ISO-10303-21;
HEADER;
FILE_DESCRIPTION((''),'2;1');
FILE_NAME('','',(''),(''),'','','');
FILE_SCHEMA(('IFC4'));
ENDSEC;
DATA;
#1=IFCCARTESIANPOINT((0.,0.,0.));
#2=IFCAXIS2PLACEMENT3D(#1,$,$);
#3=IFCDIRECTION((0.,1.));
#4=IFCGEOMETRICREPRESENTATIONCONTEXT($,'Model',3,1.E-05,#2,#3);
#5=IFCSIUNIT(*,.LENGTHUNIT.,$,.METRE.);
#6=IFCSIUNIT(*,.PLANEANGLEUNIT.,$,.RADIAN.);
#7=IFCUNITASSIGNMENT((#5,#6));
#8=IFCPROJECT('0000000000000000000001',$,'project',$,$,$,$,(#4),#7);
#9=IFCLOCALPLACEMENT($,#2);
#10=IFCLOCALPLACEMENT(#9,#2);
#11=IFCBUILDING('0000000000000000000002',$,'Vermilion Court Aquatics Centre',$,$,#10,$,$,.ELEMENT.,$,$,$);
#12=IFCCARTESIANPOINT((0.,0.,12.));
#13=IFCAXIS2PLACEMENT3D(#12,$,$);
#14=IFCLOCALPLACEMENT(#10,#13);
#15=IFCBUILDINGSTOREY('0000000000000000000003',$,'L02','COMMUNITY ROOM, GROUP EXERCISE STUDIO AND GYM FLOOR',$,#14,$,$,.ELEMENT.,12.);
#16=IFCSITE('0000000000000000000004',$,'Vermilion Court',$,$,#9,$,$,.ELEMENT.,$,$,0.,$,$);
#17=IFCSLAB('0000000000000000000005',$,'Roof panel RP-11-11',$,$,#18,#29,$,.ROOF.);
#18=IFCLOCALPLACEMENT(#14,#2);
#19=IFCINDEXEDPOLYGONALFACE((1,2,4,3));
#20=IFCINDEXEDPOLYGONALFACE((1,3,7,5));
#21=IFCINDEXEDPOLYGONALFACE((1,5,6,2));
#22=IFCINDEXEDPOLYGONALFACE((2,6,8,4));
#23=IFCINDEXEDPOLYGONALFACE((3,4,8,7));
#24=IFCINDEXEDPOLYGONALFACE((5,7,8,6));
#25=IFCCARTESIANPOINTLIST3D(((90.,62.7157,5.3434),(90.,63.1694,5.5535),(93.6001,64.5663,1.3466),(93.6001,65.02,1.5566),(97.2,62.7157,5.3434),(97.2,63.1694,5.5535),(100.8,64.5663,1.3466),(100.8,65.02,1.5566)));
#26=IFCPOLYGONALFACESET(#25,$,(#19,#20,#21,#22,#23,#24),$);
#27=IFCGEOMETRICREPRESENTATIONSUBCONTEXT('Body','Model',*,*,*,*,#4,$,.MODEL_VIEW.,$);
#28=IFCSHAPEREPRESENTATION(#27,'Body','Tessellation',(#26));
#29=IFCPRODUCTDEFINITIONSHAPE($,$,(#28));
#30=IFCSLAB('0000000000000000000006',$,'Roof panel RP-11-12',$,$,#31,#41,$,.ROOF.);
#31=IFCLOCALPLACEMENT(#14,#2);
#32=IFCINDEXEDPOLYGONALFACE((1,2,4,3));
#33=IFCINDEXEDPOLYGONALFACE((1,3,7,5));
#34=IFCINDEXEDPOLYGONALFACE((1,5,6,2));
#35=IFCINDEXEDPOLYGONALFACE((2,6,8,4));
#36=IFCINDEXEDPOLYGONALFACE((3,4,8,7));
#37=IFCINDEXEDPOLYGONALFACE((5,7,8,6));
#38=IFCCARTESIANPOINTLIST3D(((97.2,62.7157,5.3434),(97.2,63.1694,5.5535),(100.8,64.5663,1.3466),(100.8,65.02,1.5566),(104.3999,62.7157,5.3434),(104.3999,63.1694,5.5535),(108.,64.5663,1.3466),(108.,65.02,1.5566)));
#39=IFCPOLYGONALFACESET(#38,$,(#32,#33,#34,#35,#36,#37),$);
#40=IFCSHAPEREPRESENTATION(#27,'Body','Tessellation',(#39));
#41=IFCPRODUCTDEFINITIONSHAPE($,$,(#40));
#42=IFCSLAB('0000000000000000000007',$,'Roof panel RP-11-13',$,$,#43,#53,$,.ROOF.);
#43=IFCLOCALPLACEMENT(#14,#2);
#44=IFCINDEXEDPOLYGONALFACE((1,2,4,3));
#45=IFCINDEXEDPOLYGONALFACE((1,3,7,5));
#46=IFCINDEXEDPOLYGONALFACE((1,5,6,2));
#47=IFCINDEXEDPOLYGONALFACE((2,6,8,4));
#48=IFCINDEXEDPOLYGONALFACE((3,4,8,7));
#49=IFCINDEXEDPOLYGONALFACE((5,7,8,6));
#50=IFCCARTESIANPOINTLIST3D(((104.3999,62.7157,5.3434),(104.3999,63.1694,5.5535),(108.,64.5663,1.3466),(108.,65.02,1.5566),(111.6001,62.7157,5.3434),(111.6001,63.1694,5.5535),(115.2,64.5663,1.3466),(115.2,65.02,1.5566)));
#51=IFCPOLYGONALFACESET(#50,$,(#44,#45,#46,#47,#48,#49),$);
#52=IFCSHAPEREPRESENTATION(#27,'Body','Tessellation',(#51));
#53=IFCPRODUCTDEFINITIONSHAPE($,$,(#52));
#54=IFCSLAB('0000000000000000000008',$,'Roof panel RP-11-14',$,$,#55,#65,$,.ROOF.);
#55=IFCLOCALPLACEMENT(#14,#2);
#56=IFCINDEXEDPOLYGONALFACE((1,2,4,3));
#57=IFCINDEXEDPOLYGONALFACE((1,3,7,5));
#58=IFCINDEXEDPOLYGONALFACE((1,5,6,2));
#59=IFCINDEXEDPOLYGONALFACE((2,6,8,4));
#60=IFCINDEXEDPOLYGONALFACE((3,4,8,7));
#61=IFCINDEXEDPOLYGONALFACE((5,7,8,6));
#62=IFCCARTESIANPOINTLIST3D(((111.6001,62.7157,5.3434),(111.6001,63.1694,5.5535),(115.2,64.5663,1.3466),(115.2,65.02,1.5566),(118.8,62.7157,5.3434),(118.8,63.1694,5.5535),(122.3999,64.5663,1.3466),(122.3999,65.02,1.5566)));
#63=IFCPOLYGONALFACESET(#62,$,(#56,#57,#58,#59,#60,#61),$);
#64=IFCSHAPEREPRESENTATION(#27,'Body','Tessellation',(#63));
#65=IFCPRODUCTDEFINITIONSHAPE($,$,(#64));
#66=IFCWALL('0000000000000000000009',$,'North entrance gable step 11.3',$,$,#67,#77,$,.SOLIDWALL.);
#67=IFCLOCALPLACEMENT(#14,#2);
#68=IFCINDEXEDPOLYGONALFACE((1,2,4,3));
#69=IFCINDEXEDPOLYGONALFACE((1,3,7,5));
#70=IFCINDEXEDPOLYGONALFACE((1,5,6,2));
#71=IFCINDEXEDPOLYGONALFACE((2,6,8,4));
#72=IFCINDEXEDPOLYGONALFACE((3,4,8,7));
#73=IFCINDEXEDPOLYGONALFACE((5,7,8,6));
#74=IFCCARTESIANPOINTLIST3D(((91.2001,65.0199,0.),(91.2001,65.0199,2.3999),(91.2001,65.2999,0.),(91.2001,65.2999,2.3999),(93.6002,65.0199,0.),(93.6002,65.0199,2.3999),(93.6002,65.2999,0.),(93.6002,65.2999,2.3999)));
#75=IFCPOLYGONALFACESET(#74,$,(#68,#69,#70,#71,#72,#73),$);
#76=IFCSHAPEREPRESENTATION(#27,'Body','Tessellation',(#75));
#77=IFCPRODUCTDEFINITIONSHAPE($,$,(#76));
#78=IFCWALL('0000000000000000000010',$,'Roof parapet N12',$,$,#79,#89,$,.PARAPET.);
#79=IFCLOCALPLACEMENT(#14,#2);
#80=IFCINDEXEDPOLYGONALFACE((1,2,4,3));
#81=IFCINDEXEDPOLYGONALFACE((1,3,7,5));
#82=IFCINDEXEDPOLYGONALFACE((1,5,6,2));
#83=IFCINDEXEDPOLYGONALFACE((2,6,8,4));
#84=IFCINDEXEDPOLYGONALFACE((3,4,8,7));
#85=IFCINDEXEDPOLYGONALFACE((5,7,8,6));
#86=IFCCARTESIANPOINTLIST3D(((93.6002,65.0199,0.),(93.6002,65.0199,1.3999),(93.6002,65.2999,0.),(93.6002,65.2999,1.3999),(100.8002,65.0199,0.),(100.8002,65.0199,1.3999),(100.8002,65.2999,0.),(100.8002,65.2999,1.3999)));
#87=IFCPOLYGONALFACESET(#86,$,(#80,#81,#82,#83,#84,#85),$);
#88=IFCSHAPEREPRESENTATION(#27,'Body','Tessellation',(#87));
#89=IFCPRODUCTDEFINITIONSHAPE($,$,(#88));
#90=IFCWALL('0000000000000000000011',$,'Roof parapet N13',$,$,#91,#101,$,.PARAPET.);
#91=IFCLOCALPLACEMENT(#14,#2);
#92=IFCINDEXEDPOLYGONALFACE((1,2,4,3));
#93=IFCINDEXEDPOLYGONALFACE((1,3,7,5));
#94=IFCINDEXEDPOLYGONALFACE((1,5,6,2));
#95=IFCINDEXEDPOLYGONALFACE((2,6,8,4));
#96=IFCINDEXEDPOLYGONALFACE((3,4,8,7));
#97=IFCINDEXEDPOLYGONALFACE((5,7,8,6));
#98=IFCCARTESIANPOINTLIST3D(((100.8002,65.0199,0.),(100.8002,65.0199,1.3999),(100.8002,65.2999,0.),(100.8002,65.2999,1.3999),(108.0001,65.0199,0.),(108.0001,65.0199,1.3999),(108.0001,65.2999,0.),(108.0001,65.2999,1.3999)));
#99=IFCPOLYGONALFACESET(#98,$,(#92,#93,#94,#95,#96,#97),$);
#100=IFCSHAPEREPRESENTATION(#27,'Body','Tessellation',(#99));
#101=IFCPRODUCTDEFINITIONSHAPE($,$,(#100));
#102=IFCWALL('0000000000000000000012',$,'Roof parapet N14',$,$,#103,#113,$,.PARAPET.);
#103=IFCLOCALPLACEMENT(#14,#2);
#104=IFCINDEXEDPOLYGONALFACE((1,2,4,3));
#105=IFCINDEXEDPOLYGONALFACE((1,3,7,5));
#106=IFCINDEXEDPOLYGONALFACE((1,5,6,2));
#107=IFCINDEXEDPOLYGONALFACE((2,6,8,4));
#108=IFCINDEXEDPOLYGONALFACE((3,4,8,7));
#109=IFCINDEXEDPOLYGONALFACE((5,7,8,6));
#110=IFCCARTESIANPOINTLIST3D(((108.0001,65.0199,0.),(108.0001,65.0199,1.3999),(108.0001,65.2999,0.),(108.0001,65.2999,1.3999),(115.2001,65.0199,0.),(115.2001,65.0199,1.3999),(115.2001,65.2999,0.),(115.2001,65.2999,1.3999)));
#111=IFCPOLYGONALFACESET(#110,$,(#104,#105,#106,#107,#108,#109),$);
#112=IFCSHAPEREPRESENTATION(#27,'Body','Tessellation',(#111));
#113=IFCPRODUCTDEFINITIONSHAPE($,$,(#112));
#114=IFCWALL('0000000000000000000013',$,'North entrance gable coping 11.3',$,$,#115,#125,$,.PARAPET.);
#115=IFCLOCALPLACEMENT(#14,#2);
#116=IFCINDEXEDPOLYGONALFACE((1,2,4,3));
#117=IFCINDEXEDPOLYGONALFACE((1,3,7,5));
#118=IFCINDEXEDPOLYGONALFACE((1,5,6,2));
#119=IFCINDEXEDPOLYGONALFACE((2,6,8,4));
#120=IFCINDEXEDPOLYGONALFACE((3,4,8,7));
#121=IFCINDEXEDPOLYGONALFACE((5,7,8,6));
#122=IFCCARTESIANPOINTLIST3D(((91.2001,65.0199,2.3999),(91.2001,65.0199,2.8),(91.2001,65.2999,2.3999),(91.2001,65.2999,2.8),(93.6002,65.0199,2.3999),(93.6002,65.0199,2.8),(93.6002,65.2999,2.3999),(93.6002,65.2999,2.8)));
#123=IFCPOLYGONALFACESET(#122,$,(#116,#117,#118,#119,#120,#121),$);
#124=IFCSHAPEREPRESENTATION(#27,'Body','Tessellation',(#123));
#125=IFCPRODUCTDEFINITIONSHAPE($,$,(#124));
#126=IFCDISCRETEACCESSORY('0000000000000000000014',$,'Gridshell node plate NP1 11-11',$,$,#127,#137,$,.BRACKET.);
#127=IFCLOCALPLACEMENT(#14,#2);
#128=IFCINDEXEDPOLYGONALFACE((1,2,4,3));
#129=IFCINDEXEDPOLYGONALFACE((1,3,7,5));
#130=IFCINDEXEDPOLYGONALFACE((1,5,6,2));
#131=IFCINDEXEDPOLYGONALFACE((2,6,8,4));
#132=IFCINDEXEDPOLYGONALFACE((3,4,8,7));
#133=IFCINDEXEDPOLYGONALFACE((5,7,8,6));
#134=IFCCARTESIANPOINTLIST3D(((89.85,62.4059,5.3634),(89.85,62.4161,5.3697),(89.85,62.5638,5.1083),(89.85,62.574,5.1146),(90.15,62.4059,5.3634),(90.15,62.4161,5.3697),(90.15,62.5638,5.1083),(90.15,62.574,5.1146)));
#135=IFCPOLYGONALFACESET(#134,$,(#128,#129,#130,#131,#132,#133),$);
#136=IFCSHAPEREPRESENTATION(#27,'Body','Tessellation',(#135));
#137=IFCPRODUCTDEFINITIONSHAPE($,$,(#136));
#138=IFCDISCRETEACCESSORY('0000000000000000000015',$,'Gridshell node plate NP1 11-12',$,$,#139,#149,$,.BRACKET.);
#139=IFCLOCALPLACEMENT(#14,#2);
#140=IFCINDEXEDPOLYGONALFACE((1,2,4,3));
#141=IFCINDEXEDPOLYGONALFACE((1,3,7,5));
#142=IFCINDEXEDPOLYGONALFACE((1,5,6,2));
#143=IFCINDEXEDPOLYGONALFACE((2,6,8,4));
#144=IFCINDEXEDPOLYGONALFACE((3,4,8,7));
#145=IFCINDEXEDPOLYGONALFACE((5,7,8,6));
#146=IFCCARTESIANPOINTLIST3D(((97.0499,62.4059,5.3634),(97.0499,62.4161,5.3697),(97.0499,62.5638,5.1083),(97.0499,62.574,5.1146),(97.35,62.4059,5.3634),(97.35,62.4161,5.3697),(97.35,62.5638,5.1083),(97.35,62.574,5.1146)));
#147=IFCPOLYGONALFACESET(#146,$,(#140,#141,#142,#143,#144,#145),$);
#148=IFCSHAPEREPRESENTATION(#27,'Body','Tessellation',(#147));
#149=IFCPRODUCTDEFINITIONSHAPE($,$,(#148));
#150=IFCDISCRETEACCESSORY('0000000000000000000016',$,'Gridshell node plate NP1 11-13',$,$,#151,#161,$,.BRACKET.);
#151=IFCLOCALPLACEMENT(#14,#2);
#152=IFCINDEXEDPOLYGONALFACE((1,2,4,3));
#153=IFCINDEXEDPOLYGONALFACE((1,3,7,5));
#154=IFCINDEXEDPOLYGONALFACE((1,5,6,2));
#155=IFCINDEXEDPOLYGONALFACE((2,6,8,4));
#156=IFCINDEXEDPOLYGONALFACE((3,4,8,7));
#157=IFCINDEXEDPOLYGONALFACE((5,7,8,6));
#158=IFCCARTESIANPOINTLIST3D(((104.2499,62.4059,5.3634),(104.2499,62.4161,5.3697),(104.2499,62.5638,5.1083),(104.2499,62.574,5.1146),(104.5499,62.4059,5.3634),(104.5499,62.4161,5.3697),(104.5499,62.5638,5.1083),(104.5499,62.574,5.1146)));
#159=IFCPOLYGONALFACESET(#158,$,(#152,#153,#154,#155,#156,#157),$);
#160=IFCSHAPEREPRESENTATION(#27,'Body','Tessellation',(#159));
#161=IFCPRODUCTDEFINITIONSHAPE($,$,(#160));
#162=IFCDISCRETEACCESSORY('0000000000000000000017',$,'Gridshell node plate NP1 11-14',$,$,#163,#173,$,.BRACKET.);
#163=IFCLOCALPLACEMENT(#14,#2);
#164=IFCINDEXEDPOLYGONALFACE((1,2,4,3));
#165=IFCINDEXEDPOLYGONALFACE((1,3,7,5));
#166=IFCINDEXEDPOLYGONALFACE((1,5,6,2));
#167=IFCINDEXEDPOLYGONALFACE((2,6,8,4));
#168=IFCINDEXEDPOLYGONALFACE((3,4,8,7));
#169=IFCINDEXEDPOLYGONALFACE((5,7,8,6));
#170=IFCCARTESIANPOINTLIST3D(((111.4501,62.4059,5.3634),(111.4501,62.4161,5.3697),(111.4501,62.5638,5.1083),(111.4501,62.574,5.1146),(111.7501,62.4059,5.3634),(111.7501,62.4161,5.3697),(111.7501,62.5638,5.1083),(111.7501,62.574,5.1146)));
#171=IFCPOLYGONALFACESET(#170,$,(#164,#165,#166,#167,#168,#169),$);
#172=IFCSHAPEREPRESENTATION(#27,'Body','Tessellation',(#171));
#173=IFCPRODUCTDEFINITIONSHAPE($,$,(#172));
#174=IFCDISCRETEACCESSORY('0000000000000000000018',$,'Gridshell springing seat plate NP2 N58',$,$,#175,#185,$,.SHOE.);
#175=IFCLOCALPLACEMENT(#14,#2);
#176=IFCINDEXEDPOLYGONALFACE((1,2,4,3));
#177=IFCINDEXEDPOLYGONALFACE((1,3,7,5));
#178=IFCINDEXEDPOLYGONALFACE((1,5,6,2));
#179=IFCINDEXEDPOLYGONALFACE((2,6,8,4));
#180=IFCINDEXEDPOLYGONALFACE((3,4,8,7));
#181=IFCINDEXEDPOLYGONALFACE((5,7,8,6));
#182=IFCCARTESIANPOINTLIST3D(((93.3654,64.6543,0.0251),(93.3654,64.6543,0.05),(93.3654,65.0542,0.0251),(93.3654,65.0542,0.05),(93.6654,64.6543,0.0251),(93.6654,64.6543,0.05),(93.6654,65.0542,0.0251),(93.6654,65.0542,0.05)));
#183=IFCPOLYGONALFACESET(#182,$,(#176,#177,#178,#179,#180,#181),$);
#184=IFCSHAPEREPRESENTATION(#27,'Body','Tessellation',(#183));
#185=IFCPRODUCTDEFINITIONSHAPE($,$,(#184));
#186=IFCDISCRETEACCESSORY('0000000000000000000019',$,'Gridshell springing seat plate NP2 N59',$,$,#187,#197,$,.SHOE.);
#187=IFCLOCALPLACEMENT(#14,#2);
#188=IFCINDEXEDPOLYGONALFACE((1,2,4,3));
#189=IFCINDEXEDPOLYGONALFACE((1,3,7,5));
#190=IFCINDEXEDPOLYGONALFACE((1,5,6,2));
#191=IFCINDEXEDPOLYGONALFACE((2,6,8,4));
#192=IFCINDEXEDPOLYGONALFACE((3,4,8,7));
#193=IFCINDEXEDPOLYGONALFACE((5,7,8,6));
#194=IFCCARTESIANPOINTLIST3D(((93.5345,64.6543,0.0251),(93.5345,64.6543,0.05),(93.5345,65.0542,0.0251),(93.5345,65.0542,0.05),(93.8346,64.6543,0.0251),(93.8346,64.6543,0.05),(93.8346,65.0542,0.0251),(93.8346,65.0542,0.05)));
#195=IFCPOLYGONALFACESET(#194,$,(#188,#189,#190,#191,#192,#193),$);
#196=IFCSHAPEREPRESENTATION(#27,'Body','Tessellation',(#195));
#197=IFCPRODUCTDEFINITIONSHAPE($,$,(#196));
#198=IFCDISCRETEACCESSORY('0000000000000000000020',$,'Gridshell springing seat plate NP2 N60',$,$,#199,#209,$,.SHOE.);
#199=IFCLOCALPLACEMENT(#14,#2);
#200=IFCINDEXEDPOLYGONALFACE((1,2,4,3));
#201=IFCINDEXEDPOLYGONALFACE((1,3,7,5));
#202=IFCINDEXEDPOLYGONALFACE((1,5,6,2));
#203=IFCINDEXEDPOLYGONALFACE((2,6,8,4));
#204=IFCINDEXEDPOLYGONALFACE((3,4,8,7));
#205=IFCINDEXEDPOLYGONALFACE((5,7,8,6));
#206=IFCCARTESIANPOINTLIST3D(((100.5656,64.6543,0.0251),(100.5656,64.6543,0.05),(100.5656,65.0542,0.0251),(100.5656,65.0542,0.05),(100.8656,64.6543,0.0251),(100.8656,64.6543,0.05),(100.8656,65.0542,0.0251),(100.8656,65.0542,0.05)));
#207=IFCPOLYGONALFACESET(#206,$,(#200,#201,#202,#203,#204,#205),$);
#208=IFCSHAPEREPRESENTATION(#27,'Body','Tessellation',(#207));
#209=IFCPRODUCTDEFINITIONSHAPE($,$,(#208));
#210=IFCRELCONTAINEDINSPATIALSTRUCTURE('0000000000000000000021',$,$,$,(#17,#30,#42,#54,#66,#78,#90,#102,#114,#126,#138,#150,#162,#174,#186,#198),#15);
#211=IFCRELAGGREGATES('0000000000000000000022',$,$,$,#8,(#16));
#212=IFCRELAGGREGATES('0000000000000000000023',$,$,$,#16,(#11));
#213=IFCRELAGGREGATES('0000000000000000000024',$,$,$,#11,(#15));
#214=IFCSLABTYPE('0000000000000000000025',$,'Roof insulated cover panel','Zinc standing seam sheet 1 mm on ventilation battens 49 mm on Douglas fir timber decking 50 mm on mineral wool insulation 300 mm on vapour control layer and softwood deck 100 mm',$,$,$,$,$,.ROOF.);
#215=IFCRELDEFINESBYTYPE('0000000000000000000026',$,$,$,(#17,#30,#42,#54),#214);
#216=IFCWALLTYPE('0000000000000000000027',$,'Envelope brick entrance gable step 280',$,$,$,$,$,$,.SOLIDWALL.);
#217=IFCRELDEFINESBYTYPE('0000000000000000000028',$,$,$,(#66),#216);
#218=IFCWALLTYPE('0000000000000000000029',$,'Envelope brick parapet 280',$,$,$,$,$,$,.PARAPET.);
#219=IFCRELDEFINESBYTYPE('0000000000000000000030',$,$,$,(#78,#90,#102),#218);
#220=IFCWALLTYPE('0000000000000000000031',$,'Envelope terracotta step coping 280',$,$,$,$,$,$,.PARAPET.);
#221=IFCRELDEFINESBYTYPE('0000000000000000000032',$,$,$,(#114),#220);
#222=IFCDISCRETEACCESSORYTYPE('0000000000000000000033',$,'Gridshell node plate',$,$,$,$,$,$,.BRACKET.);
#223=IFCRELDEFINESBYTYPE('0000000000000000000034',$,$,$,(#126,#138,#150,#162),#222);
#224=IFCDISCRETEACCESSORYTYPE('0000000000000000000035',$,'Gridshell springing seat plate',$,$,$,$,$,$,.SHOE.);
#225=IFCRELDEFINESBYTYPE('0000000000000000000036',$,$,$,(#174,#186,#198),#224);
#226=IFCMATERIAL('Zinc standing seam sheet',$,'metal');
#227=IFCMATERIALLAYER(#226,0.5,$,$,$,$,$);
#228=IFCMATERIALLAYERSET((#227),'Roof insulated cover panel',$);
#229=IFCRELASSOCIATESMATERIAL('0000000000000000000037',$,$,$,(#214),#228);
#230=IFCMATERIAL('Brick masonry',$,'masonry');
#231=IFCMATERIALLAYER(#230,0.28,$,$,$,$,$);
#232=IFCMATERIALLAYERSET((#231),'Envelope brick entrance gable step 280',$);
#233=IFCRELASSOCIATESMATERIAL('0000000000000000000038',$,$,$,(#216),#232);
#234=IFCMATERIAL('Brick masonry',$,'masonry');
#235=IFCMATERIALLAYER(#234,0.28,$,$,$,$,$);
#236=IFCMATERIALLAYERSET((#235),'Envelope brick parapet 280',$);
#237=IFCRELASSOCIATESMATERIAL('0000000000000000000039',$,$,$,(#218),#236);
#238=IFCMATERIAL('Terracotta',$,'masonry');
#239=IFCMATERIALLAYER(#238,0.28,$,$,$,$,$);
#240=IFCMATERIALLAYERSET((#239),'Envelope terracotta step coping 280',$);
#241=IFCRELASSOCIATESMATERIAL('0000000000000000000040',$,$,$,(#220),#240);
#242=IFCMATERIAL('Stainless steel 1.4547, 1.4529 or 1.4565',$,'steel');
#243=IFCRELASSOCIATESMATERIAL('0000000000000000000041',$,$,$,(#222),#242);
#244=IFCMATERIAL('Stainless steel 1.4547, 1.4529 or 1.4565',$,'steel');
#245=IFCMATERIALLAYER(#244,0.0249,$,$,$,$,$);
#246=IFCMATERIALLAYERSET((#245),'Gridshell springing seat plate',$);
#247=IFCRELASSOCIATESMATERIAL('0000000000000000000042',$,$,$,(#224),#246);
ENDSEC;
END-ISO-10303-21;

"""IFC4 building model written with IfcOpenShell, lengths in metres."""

from ifc_helpers import new_model, si_unit, direction, frame, frame_2d, origin, origin_2d, place, context, subcontext, project, spatial, polyline, rectangle, outline, extrude, material, layer, layer_set, material_profile, profile_set, type_object, element, save


model = new_model("IFC4")

# Units and contexts
model_context = context("Model", 3, precision=1e-05, world=origin(), true_north=direction((0.0, 1.0)))
body_context = subcontext(model_context, "Body", "Model", "MODEL_VIEW")
ifc_project = project(units=[si_unit("LENGTHUNIT", "METRE"), si_unit("PLANEANGLEUNIT", "RADIAN")], contexts=[model_context])

# Site, building, storey
site_placement = place(None, origin())
site = spatial("IfcSite", under=ifc_project, at=site_placement, Name="Vermilion Court", CompositionType="ELEMENT", RefElevation=0.0)
building_placement = place(site_placement, origin())
building = spatial("IfcBuilding", under=site, at=building_placement, Name="Vermilion Court Aquatics Centre", CompositionType="ELEMENT")
storey_placement = place(building_placement, frame((0.0, 0.0, 12.0)))
storey = spatial("IfcBuildingStorey", under=building, at=storey_placement, Name="L02", Description="COMMUNITY ROOM, GROUP EXERCISE STUDIO AND GYM FLOOR", CompositionType="ELEMENT", Elevation=12.0)

# Slabs
ifc_material_1 = material(Name="Zinc standing seam sheet", Category="metal")
ifc_layer_1 = layer(ifc_material_1, 0.5)
ifc_layer_set_1 = layer_set([ifc_layer_1], Name="Roof insulated cover panel")
slab_type = type_object("IfcSlabType", Name="Roof insulated cover panel", Description="Zinc standing seam sheet 1 mm on ventilation battens 49 mm on Douglas fir timber decking 50 mm on mineral wool insulation 300 mm on vapour control layer and softwood deck 100 mm", PredefinedType="ROOF", material=ifc_layer_set_1)
for number, where, z_axis, x_axis, name in (
    (1, (90.0, 63.1694, 5.5535), (0.0, 0.907449, 0.420162), (1.0, 0.0, 0.0), "Roof panel RP-11-11"),
    (2, (97.2, 63.1694, 5.5535), (0.0, 0.907449, 0.420162), (1.0, 0.0, 0.0), "Roof panel RP-11-12"),
):
    element("IfcSlab", number, at=place(storey_placement, frame(where, z_axis=z_axis, x_axis=x_axis)), inside=storey, type_object=slab_type, Name=name, PredefinedType="ROOF", context=body_context, shape_type="SweptSolid", body=[
        extrude(outline(polyline([(0.0, 0.0), (7.2, 0.0), (10.8, 4.4045), (3.6001, 4.4045), (0.0, 0.0)])), origin(), (0.0, 0.0, -1.0), 0.5),
    ])
slab_1_placement = place(storey_placement, frame((104.3999, 63.1694, 5.5535), z_axis=(0.0, 0.907449, 0.420162), x_axis=(1.0, 0.0, 0.0)))
element("IfcSlab", 3, at=slab_1_placement, inside=storey, type_object=slab_type, Name="Roof panel RP-11-13", PredefinedType="ROOF", context=body_context, shape_type="SweptSolid", body=[
    extrude(outline(polyline([(0.0, 0.0), (7.2002, 0.0), (10.8, 4.4045), (3.6001, 4.4045), (0.0, 0.0)])), origin(), (0.0, 0.0, -1.0), 0.5),
])
slab_2_placement = place(storey_placement, frame((111.6001, 63.1694, 5.5535), z_axis=(0.0, 0.907449, 0.420162), x_axis=(1.0, 0.0, 0.0)))
element("IfcSlab", 4, at=slab_2_placement, inside=storey, type_object=slab_type, Name="Roof panel RP-11-14", PredefinedType="ROOF", context=body_context, shape_type="SweptSolid", body=[
    extrude(outline(polyline([(0.0, 0.0), (7.2, 0.0), (10.7998, 4.4045), (3.5999, 4.4045), (0.0, 0.0)])), origin(), (0.0, 0.0, -1.0), 0.5),
])

# Walls
ifc_material_2 = material(Name="Brick masonry", Category="masonry")
ifc_layer_2 = layer(ifc_material_2, 0.28)
ifc_layer_set_2 = layer_set([ifc_layer_2], Name="Envelope brick entrance gable step 280")
wall_type_1 = type_object("IfcWallType", Name="Envelope brick entrance gable step 280", PredefinedType="SOLIDWALL", material=ifc_layer_set_2)
wall_1_placement = place(storey_placement, frame((91.2, 65.1599, 0.0), z_axis=(0.0, 0.0, 1.0), x_axis=(1.0, 0.0, 0.0)))
element("IfcWall", 5, at=wall_1_placement, inside=storey, type_object=wall_type_1, Name="North entrance gable step 11.3", PredefinedType="SOLIDWALL", context=body_context, shape_type="SweptSolid", body=[
    extrude(rectangle(XDim=2.4001, YDim=0.28, at=frame_2d((1.2002, 0.0))), origin(), (0.0, 0.0, 1.0), 2.3999),
])
ifc_material_3 = material(Name="Brick masonry", Category="masonry")
ifc_layer_3 = layer(ifc_material_3, 0.28)
ifc_layer_set_3 = layer_set([ifc_layer_3], Name="Envelope brick parapet 280")
wall_type_2 = type_object("IfcWallType", Name="Envelope brick parapet 280", PredefinedType="PARAPET", material=ifc_layer_set_3)
for number, where, z_axis, x_axis, name in (
    (6, (93.6001, 65.1599, 0.0), (0.0, 0.0, 1.0), (1.0, 0.0, 0.0), "Roof parapet N12"),
    (7, (100.8, 65.1599, 0.0), (0.0, 0.0, 1.0), (1.0, 0.0, 0.0), "Roof parapet N13"),
    (8, (108.0, 65.1599, 0.0), (0.0, 0.0, 1.0), (1.0, 0.0, 0.0), "Roof parapet N14"),
):
    element("IfcWall", number, at=place(storey_placement, frame(where, z_axis=z_axis, x_axis=x_axis)), inside=storey, type_object=wall_type_2, Name=name, PredefinedType="PARAPET", context=body_context, shape_type="SweptSolid", body=[
        extrude(rectangle(XDim=7.2, YDim=0.28, at=frame_2d((3.6001, 0.0))), origin(), (0.0, 0.0, 1.0), 1.3999),
    ])
ifc_material_4 = material(Name="Terracotta", Category="masonry")
ifc_layer_4 = layer(ifc_material_4, 0.28)
ifc_layer_set_4 = layer_set([ifc_layer_4], Name="Envelope terracotta step coping 280")
wall_type_3 = type_object("IfcWallType", Name="Envelope terracotta step coping 280", PredefinedType="PARAPET", material=ifc_layer_set_4)
wall_2_placement = place(storey_placement, frame((91.2, 65.1599, 2.3999), z_axis=(0.0, 0.0, 1.0), x_axis=(1.0, 0.0, 0.0)))
element("IfcWall", 9, at=wall_2_placement, inside=storey, type_object=wall_type_3, Name="North entrance gable coping 11.3", PredefinedType="PARAPET", context=body_context, shape_type="SweptSolid", body=[
    extrude(rectangle(XDim=2.4001, YDim=0.28, at=frame_2d((1.2002, 0.0))), origin(), (0.0, 0.0, 1.0), 0.4001),
])

# Discrete accessories
ifc_material_5 = material(Name="Stainless steel 1.4547, 1.4529 or 1.4565", Category="steel")
ifc_material_profile_1 = material_profile(ifc_material_5, rectangle(XDim=0.3, YDim=0.3, at=origin_2d()), Name="PL 12 x 300 x 300")
ifc_profile_set_1 = profile_set([ifc_material_profile_1], Name="Stainless steel 1.4547, 1.4529 or 1.4565")
discrete_accessory_type_1 = type_object("IfcDiscreteAccessoryType", Name="Gridshell node plate", PredefinedType="BRACKET", material=ifc_profile_set_1)
for number, where, z_axis, x_axis, name in (
    (10, (90.0, 62.4849, 5.2358), (0.0, 0.850265, 0.526355), (-1.0, 0.0, 0.0), "Gridshell node plate NP1 11-11"),
    (11, (97.2, 62.4849, 5.2358), (0.0, 0.850265, 0.526355), (-1.0, 0.0, 0.0), "Gridshell node plate NP1 11-12"),
    (12, (104.3999, 62.4849, 5.2358), (0.0, 0.850265, 0.526355), (-1.0, 0.0, 0.0), "Gridshell node plate NP1 11-13"),
    (13, (111.6001, 62.4849, 5.2358), (0.0, 0.850265, 0.526355), (-1.0, 0.0, 0.0), "Gridshell node plate NP1 11-14"),
):
    element("IfcDiscreteAccessory", number, at=place(storey_placement, frame(where, z_axis=z_axis, x_axis=x_axis)), inside=storey, type_object=discrete_accessory_type_1, Name=name, PredefinedType="BRACKET", context=body_context, shape_type="SweptSolid", body=[
        extrude(rectangle(XDim=0.3, YDim=0.3, at=origin_2d()), origin(), (0.0, 0.0, 1.0), 0.012),
    ])
ifc_material_6 = material(Name="Stainless steel 1.4547, 1.4529 or 1.4565", Category="steel")
ifc_layer_5 = layer(ifc_material_6, 0.0249)
ifc_layer_set_5 = layer_set([ifc_layer_5], Name="Gridshell springing seat plate")
discrete_accessory_type_2 = type_object("IfcDiscreteAccessoryType", Name="Gridshell springing seat plate", PredefinedType="SHOE", material=ifc_layer_set_5)
for number, where, z_axis, x_axis, name in (
    (14, (93.5154, 64.8542, 0.0251), (0.0, 0.0, 1.0), (1.0, 0.0, 0.0), "Gridshell springing seat plate NP2 N58"),
    (15, (93.6846, 64.8542, 0.0251), (0.0, 0.0, 1.0), (1.0, 0.0, 0.0), "Gridshell springing seat plate NP2 N59"),
    (16, (100.7156, 64.8542, 0.0251), (0.0, 0.0, 1.0), (1.0, 0.0, 0.0), "Gridshell springing seat plate NP2 N60"),
):
    element("IfcDiscreteAccessory", number, at=place(storey_placement, frame(where, z_axis=z_axis, x_axis=x_axis)), inside=storey, type_object=discrete_accessory_type_2, Name=name, PredefinedType="SHOE", context=body_context, shape_type="SweptSolid", body=[
        extrude(rectangle(XDim=0.3, YDim=0.3999, at=origin_2d()), origin(), (0.0, 0.0, 1.0), 0.0249),
    ])

save(model, "model.ifc")
